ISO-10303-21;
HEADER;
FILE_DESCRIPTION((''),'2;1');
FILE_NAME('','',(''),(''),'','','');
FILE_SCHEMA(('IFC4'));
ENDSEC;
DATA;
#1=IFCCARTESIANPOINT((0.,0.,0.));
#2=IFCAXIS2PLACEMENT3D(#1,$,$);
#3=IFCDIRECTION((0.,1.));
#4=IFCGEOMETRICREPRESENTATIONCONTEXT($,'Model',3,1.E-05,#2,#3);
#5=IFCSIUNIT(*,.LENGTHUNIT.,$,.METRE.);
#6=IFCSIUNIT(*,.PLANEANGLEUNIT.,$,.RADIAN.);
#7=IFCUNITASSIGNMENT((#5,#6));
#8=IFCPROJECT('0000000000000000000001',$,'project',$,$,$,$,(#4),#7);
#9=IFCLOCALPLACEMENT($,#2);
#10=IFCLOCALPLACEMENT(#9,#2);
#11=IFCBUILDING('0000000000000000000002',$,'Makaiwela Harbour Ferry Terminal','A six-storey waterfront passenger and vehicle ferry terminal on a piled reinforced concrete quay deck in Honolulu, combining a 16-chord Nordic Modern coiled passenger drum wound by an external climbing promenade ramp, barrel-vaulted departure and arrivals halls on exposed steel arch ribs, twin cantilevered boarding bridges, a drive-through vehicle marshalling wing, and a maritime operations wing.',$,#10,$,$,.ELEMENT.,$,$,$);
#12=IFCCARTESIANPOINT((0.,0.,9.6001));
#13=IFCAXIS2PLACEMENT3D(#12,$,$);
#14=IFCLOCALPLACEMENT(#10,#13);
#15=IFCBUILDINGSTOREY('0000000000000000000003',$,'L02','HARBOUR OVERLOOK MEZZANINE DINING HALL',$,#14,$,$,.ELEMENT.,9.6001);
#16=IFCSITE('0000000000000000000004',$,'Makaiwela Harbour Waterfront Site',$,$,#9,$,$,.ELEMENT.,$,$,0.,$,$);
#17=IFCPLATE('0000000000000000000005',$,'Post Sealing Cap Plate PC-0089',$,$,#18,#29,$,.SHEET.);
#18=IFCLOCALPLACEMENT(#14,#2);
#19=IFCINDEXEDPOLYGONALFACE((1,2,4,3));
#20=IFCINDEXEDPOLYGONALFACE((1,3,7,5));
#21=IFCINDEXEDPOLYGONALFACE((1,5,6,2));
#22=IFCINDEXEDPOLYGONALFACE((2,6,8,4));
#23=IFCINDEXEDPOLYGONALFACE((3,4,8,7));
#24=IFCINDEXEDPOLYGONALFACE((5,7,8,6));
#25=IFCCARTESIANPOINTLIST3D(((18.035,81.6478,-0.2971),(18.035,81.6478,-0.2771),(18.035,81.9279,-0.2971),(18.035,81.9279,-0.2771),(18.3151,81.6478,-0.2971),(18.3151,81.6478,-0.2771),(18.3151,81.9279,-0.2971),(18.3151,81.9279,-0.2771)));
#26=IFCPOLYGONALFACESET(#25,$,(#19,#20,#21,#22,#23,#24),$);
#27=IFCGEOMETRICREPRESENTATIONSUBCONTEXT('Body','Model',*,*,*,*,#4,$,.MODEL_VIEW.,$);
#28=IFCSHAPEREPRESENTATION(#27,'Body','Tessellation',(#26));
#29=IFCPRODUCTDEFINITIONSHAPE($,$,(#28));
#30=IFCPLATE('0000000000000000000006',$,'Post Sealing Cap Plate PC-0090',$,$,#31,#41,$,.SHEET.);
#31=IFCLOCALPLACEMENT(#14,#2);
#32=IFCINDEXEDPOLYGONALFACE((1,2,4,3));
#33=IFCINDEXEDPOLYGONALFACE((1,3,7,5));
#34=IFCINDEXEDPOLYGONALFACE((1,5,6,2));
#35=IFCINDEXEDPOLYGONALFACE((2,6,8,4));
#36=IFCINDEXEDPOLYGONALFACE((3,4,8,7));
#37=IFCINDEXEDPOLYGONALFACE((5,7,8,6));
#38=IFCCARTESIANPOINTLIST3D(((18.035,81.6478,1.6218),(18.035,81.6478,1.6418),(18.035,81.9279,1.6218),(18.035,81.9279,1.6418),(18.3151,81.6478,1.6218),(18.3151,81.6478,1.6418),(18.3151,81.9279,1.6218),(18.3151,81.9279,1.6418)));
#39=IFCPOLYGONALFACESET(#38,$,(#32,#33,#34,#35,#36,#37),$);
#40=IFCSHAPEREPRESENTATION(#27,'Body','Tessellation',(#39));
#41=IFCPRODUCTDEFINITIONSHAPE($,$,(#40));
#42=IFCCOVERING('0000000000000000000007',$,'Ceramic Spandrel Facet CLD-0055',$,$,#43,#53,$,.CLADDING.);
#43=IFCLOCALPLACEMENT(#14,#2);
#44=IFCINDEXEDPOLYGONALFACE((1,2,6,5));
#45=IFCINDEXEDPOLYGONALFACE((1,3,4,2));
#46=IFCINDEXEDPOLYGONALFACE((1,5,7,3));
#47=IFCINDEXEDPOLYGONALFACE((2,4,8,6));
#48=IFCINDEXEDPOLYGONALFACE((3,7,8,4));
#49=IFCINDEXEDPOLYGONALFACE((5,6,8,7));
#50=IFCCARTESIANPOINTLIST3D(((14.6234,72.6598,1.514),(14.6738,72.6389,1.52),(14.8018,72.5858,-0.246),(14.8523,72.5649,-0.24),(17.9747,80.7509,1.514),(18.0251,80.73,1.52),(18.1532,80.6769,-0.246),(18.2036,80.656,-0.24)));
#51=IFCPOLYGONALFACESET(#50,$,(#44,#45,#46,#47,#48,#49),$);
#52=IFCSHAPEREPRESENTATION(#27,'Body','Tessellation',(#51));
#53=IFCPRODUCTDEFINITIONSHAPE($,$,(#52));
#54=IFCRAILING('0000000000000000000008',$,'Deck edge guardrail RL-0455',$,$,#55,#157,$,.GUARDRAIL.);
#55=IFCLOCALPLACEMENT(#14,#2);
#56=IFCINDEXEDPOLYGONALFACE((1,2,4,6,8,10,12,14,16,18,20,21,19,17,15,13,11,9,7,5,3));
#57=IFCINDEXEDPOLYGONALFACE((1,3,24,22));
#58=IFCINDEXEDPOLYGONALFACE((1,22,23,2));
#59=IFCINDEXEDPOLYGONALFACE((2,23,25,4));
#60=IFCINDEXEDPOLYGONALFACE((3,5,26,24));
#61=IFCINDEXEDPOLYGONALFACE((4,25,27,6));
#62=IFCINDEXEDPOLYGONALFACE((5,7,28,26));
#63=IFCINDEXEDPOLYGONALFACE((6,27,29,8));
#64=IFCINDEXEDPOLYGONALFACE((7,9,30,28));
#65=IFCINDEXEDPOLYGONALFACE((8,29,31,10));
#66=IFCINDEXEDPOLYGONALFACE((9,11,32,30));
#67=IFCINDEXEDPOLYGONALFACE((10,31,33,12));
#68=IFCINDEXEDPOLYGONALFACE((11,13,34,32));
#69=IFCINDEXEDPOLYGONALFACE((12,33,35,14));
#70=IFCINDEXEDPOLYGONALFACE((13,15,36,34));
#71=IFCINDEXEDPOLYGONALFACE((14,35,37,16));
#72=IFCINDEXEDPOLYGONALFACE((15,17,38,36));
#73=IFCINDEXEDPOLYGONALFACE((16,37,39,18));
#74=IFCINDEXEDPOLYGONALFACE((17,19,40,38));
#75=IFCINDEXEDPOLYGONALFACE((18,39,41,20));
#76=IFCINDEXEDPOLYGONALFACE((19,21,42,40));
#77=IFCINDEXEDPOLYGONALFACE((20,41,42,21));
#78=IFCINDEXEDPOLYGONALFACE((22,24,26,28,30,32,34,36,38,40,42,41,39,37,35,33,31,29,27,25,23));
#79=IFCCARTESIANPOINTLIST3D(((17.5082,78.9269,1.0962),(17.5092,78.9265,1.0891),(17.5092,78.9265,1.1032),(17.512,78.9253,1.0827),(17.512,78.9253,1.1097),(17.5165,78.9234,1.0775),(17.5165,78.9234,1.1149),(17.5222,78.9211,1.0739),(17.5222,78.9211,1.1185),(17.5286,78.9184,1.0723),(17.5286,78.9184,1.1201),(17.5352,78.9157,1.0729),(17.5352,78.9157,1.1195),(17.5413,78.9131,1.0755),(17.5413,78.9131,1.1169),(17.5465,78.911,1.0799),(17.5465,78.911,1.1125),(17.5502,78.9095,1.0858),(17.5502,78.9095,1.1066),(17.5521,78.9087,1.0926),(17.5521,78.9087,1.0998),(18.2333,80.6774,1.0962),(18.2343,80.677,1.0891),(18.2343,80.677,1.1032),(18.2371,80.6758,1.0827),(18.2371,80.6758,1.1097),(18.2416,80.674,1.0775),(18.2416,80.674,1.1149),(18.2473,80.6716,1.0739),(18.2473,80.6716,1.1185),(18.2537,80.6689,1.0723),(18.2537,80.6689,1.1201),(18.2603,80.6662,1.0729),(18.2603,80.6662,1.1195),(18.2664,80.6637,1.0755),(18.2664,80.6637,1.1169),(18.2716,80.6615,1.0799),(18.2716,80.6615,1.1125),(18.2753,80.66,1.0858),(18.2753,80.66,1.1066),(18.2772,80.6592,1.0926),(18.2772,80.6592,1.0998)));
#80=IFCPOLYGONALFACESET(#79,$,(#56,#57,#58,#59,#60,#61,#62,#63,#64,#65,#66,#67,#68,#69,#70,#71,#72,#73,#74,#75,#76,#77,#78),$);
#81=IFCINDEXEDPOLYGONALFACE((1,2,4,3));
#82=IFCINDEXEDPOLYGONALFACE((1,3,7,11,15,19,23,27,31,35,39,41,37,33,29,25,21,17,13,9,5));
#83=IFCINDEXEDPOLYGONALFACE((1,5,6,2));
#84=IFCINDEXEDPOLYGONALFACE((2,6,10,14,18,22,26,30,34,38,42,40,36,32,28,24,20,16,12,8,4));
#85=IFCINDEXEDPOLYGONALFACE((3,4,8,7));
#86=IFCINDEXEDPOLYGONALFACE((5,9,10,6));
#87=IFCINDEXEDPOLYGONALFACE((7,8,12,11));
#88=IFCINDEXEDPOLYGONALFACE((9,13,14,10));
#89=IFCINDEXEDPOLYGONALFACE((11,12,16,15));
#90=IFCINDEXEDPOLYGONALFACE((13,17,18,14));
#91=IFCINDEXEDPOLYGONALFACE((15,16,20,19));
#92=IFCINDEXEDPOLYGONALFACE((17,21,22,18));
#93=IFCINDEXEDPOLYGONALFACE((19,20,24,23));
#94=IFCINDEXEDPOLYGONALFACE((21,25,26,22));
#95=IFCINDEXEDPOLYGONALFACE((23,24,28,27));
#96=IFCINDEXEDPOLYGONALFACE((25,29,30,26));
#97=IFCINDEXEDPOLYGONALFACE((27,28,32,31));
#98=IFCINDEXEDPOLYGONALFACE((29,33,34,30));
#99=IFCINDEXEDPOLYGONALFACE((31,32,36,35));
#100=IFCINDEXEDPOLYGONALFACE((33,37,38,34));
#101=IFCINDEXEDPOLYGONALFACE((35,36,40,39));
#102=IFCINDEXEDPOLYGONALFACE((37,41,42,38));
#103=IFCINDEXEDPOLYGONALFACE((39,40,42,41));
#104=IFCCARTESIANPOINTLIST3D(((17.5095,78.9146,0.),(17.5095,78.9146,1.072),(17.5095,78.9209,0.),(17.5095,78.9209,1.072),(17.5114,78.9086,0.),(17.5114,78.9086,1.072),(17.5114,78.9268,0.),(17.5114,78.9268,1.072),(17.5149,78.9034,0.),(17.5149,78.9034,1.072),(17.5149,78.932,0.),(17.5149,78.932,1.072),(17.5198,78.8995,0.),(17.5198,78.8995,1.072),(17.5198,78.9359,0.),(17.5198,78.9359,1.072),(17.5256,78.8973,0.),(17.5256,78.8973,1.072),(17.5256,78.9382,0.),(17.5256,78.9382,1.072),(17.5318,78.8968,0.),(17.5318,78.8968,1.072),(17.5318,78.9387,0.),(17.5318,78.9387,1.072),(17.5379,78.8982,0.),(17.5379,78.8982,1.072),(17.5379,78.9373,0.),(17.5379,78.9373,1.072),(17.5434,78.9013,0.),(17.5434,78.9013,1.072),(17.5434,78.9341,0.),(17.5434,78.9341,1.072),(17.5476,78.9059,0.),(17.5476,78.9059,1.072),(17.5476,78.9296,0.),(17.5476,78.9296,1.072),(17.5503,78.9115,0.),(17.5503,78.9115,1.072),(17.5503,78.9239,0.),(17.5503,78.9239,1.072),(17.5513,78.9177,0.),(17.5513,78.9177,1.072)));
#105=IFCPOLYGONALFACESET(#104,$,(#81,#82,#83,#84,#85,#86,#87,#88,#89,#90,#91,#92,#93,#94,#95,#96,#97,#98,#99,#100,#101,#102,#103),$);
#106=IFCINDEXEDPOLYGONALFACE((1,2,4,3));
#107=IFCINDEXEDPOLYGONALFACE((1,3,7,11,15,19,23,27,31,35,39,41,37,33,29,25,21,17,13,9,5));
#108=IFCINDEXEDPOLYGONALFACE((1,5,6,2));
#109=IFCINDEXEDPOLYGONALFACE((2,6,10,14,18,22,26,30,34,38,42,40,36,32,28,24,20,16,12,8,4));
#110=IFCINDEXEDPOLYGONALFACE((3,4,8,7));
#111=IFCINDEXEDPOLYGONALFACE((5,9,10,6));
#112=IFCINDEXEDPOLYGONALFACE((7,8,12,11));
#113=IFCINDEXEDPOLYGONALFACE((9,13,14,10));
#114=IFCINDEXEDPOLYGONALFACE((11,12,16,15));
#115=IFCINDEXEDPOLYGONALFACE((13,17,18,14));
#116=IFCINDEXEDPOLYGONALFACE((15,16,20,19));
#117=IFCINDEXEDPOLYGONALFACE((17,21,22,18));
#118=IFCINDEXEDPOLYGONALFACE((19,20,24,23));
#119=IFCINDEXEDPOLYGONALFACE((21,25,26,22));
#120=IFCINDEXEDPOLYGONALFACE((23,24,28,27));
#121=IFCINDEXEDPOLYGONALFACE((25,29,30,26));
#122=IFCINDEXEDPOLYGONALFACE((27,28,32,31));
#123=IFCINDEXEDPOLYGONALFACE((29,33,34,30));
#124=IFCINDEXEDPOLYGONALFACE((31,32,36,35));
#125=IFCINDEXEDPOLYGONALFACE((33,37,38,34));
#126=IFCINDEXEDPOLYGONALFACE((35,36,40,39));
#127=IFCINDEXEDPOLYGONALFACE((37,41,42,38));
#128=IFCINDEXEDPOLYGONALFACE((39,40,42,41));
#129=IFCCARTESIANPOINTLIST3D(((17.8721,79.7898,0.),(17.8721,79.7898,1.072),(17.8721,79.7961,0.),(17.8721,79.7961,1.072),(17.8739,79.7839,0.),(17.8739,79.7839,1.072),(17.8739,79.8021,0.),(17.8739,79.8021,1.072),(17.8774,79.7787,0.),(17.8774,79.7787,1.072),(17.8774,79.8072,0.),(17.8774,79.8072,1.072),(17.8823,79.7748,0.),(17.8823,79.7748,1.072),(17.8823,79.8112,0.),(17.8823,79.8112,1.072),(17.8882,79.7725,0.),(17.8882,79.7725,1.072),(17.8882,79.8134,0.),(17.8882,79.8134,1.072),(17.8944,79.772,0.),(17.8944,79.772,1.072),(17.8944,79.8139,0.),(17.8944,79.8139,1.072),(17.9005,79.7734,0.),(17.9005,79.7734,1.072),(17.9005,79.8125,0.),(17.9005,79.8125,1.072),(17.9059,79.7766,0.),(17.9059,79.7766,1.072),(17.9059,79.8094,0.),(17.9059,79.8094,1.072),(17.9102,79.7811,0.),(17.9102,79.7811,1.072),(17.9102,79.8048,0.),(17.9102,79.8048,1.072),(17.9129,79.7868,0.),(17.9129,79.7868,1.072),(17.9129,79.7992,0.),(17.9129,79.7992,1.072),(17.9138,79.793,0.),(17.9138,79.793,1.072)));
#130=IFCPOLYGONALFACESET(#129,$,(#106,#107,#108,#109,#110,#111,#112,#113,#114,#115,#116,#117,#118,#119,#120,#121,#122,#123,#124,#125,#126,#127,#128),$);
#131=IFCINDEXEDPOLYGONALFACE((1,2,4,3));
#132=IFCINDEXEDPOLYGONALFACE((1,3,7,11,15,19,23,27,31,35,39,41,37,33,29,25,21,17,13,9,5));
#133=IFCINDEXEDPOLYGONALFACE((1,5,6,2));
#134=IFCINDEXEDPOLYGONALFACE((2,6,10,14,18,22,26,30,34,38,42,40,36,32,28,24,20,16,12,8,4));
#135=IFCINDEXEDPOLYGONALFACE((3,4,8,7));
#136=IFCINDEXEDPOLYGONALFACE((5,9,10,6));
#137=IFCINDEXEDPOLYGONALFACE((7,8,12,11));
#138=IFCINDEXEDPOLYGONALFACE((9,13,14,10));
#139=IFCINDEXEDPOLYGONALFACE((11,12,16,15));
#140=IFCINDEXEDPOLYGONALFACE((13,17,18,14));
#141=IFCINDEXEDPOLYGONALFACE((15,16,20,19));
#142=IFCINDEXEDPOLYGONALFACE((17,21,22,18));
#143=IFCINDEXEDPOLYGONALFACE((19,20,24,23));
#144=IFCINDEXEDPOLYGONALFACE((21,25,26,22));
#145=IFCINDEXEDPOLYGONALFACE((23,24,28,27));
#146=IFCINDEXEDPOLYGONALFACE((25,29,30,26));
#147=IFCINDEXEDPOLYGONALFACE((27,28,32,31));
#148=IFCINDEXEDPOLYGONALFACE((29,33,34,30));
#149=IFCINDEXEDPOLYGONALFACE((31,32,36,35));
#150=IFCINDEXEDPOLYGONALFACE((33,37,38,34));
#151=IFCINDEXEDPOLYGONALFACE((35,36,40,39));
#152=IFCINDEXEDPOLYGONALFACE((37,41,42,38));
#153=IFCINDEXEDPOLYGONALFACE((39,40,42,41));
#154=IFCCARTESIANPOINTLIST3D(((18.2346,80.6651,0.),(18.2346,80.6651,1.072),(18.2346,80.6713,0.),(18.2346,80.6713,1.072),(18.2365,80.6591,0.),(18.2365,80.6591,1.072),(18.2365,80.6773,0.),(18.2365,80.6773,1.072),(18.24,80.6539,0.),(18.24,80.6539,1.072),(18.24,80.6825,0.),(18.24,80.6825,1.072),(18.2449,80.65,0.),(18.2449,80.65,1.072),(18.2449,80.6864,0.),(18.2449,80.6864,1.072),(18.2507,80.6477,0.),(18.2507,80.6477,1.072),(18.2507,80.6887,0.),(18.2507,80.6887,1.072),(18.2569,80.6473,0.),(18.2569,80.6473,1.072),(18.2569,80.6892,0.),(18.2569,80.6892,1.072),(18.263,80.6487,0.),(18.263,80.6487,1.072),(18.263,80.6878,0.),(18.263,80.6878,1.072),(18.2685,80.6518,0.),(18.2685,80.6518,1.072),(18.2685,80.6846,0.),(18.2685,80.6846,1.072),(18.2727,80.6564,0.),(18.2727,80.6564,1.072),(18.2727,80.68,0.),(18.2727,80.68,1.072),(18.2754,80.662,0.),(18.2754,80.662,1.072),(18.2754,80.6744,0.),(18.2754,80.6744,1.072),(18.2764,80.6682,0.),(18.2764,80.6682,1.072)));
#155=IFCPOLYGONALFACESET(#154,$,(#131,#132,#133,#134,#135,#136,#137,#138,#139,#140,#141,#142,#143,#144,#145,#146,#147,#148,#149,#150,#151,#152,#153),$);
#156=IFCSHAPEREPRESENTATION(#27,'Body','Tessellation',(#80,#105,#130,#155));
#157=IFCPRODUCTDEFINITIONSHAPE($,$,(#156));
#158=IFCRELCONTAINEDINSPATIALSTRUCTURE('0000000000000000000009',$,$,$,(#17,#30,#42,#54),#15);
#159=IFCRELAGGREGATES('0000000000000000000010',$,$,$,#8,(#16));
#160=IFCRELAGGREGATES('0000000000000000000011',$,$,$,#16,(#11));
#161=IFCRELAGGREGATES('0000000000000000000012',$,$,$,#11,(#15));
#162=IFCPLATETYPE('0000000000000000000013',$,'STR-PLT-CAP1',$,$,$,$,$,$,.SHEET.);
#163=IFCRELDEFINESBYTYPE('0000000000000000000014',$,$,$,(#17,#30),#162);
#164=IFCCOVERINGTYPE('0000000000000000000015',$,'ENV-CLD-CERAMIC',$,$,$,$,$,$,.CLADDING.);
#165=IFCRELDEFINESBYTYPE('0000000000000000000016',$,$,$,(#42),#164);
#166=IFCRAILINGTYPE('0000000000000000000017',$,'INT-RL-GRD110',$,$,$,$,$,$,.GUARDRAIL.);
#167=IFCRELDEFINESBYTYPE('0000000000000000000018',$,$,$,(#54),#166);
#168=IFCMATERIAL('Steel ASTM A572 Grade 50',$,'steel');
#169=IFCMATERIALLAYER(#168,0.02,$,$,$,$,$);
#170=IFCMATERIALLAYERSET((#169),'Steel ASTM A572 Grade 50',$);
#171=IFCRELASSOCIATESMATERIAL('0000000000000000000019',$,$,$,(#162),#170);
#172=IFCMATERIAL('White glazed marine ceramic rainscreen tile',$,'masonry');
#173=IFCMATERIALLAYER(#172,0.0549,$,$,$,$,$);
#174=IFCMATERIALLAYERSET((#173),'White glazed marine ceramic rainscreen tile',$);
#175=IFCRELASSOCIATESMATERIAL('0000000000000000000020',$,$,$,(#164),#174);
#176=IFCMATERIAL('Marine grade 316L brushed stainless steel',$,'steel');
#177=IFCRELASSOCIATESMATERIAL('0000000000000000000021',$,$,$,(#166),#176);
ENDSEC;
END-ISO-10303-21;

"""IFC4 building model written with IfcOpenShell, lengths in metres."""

from ifc_helpers import new_model, si_unit, direction, frame, origin, origin_2d, place, context, subcontext, project, spatial, polyline, rectangle, circle, outline, extrude, material, layer, layer_set, type_object, element, save


model = new_model("IFC4")

# Units and contexts
model_context = context("Model", 3, precision=1e-05, world=origin(), true_north=direction((0.0, 1.0)))
body_context = subcontext(model_context, "Body", "Model", "MODEL_VIEW")
ifc_project = project(units=[si_unit("LENGTHUNIT", "METRE"), si_unit("PLANEANGLEUNIT", "RADIAN")], contexts=[model_context])

# Site, building, storey
site_placement = place(None, origin())
site = spatial("IfcSite", under=ifc_project, at=site_placement, Name="Makaiwela Harbour Waterfront Site", CompositionType="ELEMENT", RefElevation=0.0)
building_placement = place(site_placement, origin())
building = spatial("IfcBuilding", under=site, at=building_placement, Name="Makaiwela Harbour Ferry Terminal", Description="A six-storey waterfront passenger and vehicle ferry terminal on a piled reinforced concrete quay deck in Honolulu, combining a 16-chord Nordic Modern coiled passenger drum wound by an external climbing promenade ramp, barrel-vaulted departure and arrivals halls on exposed steel arch ribs, twin cantilevered boarding bridges, a drive-through vehicle marshalling wing, and a maritime operations wing.", CompositionType="ELEMENT")
storey_placement = place(building_placement, frame((0.0, 0.0, 9.6001)))
storey = spatial("IfcBuildingStorey", under=building, at=storey_placement, Name="L02", Description="HARBOUR OVERLOOK MEZZANINE DINING HALL", CompositionType="ELEMENT", Elevation=9.6001)

# Plates
ifc_material_1 = material(Name="Steel ASTM A572 Grade 50", Category="steel")
ifc_layer_1 = layer(ifc_material_1, 0.02)
ifc_layer_set_1 = layer_set([ifc_layer_1], Name="Steel ASTM A572 Grade 50")
plate_type_1 = type_object("IfcPlateType", Name="STR-PLT-CAP1", PredefinedType="SHEET", material=ifc_layer_set_1)
for number, where, z_axis, x_axis, name in (
    (1, (18.175, 81.7878, -0.2971), (0.0, 0.0, 1.0), (1.0, 0.0, 0.0), "Post Sealing Cap Plate PC-0089"),
    (2, (18.175, 81.7878, 1.6218), (0.0, 0.0, 1.0), (1.0, 0.0, 0.0), "Post Sealing Cap Plate PC-0090"),
):
    element("IfcPlate", number, at=place(storey_placement, frame(where, z_axis=z_axis, x_axis=x_axis)), inside=storey, type_object=plate_type_1, Name=name, PredefinedType="SHEET", context=body_context, shape_type="SweptSolid", body=[
        extrude(rectangle(XDim=0.28, YDim=0.28, at=origin_2d()), origin(), (0.0, 0.0, 1.0), 0.02),
    ])

# Covering
ifc_material_2 = material(Name="White glazed marine ceramic rainscreen tile", Category="masonry")
ifc_layer_2 = layer(ifc_material_2, 0.0549)
ifc_layer_set_2 = layer_set([ifc_layer_2], Name="White glazed marine ceramic rainscreen tile")
covering_type = type_object("IfcCoveringType", Name="ENV-CLD-CERAMIC", PredefinedType="CLADDING", material=ifc_layer_set_2)
covering_placement = place(storey_placement, frame((18.2036, 80.656, -0.24), z_axis=(0.918368, -0.380388, 0.109111), x_axis=(-0.382673, -0.923884, 0.0)))
element("IfcCovering", 3, at=covering_placement, inside=storey, type_object=covering_type, Name="Ceramic Spandrel Facet CLD-0055", PredefinedType="CLADDING", context=body_context, shape_type="SweptSolid", body=[
    extrude(outline(polyline([(0.0, 0.0), (8.7577, 0.0), (8.7576, -1.7706), (0.0, -1.7706), (0.0, 0.0)])), origin(), (0.0, 0.0, -1.0), 0.0549),
])

# Railing
ifc_material_3 = material(Name="Marine grade 316L brushed stainless steel", Category="steel")
railing_type = type_object("IfcRailingType", Name="INT-RL-GRD110", PredefinedType="GUARDRAIL", material=ifc_material_3)
railing_1_placement = place(storey_placement, frame((17.5303, 78.9177, 0.0)))
element("IfcRailing", 4, at=railing_1_placement, inside=storey, type_object=railing_type, Name="Deck edge guardrail RL-0455", PredefinedType="GUARDRAIL", context=body_context, shape_type="SweptSolid", body=[
    extrude(circle(Radius=0.0239, at=origin_2d()), frame((0.0, 0.0, 1.0962), z_axis=(0.382693, 0.923875, 0.0), x_axis=(-0.923875, 0.382693, 0.0)), (0.0, 0.0, 1.0), 1.8948),
    extrude(circle(Radius=0.021, at=origin_2d()), origin(), (0.0, 0.0, 1.0), 1.072),
    extrude(circle(Radius=0.021, at=origin_2d()), frame((0.3625, 0.8752, 0.0)), (0.0, 0.0, 1.0), 1.072),
    extrude(circle(Radius=0.021, at=origin_2d()), frame((0.7251, 1.7505, 0.0)), (0.0, 0.0, 1.0), 1.072),
])

save(model, "model.ifc")
